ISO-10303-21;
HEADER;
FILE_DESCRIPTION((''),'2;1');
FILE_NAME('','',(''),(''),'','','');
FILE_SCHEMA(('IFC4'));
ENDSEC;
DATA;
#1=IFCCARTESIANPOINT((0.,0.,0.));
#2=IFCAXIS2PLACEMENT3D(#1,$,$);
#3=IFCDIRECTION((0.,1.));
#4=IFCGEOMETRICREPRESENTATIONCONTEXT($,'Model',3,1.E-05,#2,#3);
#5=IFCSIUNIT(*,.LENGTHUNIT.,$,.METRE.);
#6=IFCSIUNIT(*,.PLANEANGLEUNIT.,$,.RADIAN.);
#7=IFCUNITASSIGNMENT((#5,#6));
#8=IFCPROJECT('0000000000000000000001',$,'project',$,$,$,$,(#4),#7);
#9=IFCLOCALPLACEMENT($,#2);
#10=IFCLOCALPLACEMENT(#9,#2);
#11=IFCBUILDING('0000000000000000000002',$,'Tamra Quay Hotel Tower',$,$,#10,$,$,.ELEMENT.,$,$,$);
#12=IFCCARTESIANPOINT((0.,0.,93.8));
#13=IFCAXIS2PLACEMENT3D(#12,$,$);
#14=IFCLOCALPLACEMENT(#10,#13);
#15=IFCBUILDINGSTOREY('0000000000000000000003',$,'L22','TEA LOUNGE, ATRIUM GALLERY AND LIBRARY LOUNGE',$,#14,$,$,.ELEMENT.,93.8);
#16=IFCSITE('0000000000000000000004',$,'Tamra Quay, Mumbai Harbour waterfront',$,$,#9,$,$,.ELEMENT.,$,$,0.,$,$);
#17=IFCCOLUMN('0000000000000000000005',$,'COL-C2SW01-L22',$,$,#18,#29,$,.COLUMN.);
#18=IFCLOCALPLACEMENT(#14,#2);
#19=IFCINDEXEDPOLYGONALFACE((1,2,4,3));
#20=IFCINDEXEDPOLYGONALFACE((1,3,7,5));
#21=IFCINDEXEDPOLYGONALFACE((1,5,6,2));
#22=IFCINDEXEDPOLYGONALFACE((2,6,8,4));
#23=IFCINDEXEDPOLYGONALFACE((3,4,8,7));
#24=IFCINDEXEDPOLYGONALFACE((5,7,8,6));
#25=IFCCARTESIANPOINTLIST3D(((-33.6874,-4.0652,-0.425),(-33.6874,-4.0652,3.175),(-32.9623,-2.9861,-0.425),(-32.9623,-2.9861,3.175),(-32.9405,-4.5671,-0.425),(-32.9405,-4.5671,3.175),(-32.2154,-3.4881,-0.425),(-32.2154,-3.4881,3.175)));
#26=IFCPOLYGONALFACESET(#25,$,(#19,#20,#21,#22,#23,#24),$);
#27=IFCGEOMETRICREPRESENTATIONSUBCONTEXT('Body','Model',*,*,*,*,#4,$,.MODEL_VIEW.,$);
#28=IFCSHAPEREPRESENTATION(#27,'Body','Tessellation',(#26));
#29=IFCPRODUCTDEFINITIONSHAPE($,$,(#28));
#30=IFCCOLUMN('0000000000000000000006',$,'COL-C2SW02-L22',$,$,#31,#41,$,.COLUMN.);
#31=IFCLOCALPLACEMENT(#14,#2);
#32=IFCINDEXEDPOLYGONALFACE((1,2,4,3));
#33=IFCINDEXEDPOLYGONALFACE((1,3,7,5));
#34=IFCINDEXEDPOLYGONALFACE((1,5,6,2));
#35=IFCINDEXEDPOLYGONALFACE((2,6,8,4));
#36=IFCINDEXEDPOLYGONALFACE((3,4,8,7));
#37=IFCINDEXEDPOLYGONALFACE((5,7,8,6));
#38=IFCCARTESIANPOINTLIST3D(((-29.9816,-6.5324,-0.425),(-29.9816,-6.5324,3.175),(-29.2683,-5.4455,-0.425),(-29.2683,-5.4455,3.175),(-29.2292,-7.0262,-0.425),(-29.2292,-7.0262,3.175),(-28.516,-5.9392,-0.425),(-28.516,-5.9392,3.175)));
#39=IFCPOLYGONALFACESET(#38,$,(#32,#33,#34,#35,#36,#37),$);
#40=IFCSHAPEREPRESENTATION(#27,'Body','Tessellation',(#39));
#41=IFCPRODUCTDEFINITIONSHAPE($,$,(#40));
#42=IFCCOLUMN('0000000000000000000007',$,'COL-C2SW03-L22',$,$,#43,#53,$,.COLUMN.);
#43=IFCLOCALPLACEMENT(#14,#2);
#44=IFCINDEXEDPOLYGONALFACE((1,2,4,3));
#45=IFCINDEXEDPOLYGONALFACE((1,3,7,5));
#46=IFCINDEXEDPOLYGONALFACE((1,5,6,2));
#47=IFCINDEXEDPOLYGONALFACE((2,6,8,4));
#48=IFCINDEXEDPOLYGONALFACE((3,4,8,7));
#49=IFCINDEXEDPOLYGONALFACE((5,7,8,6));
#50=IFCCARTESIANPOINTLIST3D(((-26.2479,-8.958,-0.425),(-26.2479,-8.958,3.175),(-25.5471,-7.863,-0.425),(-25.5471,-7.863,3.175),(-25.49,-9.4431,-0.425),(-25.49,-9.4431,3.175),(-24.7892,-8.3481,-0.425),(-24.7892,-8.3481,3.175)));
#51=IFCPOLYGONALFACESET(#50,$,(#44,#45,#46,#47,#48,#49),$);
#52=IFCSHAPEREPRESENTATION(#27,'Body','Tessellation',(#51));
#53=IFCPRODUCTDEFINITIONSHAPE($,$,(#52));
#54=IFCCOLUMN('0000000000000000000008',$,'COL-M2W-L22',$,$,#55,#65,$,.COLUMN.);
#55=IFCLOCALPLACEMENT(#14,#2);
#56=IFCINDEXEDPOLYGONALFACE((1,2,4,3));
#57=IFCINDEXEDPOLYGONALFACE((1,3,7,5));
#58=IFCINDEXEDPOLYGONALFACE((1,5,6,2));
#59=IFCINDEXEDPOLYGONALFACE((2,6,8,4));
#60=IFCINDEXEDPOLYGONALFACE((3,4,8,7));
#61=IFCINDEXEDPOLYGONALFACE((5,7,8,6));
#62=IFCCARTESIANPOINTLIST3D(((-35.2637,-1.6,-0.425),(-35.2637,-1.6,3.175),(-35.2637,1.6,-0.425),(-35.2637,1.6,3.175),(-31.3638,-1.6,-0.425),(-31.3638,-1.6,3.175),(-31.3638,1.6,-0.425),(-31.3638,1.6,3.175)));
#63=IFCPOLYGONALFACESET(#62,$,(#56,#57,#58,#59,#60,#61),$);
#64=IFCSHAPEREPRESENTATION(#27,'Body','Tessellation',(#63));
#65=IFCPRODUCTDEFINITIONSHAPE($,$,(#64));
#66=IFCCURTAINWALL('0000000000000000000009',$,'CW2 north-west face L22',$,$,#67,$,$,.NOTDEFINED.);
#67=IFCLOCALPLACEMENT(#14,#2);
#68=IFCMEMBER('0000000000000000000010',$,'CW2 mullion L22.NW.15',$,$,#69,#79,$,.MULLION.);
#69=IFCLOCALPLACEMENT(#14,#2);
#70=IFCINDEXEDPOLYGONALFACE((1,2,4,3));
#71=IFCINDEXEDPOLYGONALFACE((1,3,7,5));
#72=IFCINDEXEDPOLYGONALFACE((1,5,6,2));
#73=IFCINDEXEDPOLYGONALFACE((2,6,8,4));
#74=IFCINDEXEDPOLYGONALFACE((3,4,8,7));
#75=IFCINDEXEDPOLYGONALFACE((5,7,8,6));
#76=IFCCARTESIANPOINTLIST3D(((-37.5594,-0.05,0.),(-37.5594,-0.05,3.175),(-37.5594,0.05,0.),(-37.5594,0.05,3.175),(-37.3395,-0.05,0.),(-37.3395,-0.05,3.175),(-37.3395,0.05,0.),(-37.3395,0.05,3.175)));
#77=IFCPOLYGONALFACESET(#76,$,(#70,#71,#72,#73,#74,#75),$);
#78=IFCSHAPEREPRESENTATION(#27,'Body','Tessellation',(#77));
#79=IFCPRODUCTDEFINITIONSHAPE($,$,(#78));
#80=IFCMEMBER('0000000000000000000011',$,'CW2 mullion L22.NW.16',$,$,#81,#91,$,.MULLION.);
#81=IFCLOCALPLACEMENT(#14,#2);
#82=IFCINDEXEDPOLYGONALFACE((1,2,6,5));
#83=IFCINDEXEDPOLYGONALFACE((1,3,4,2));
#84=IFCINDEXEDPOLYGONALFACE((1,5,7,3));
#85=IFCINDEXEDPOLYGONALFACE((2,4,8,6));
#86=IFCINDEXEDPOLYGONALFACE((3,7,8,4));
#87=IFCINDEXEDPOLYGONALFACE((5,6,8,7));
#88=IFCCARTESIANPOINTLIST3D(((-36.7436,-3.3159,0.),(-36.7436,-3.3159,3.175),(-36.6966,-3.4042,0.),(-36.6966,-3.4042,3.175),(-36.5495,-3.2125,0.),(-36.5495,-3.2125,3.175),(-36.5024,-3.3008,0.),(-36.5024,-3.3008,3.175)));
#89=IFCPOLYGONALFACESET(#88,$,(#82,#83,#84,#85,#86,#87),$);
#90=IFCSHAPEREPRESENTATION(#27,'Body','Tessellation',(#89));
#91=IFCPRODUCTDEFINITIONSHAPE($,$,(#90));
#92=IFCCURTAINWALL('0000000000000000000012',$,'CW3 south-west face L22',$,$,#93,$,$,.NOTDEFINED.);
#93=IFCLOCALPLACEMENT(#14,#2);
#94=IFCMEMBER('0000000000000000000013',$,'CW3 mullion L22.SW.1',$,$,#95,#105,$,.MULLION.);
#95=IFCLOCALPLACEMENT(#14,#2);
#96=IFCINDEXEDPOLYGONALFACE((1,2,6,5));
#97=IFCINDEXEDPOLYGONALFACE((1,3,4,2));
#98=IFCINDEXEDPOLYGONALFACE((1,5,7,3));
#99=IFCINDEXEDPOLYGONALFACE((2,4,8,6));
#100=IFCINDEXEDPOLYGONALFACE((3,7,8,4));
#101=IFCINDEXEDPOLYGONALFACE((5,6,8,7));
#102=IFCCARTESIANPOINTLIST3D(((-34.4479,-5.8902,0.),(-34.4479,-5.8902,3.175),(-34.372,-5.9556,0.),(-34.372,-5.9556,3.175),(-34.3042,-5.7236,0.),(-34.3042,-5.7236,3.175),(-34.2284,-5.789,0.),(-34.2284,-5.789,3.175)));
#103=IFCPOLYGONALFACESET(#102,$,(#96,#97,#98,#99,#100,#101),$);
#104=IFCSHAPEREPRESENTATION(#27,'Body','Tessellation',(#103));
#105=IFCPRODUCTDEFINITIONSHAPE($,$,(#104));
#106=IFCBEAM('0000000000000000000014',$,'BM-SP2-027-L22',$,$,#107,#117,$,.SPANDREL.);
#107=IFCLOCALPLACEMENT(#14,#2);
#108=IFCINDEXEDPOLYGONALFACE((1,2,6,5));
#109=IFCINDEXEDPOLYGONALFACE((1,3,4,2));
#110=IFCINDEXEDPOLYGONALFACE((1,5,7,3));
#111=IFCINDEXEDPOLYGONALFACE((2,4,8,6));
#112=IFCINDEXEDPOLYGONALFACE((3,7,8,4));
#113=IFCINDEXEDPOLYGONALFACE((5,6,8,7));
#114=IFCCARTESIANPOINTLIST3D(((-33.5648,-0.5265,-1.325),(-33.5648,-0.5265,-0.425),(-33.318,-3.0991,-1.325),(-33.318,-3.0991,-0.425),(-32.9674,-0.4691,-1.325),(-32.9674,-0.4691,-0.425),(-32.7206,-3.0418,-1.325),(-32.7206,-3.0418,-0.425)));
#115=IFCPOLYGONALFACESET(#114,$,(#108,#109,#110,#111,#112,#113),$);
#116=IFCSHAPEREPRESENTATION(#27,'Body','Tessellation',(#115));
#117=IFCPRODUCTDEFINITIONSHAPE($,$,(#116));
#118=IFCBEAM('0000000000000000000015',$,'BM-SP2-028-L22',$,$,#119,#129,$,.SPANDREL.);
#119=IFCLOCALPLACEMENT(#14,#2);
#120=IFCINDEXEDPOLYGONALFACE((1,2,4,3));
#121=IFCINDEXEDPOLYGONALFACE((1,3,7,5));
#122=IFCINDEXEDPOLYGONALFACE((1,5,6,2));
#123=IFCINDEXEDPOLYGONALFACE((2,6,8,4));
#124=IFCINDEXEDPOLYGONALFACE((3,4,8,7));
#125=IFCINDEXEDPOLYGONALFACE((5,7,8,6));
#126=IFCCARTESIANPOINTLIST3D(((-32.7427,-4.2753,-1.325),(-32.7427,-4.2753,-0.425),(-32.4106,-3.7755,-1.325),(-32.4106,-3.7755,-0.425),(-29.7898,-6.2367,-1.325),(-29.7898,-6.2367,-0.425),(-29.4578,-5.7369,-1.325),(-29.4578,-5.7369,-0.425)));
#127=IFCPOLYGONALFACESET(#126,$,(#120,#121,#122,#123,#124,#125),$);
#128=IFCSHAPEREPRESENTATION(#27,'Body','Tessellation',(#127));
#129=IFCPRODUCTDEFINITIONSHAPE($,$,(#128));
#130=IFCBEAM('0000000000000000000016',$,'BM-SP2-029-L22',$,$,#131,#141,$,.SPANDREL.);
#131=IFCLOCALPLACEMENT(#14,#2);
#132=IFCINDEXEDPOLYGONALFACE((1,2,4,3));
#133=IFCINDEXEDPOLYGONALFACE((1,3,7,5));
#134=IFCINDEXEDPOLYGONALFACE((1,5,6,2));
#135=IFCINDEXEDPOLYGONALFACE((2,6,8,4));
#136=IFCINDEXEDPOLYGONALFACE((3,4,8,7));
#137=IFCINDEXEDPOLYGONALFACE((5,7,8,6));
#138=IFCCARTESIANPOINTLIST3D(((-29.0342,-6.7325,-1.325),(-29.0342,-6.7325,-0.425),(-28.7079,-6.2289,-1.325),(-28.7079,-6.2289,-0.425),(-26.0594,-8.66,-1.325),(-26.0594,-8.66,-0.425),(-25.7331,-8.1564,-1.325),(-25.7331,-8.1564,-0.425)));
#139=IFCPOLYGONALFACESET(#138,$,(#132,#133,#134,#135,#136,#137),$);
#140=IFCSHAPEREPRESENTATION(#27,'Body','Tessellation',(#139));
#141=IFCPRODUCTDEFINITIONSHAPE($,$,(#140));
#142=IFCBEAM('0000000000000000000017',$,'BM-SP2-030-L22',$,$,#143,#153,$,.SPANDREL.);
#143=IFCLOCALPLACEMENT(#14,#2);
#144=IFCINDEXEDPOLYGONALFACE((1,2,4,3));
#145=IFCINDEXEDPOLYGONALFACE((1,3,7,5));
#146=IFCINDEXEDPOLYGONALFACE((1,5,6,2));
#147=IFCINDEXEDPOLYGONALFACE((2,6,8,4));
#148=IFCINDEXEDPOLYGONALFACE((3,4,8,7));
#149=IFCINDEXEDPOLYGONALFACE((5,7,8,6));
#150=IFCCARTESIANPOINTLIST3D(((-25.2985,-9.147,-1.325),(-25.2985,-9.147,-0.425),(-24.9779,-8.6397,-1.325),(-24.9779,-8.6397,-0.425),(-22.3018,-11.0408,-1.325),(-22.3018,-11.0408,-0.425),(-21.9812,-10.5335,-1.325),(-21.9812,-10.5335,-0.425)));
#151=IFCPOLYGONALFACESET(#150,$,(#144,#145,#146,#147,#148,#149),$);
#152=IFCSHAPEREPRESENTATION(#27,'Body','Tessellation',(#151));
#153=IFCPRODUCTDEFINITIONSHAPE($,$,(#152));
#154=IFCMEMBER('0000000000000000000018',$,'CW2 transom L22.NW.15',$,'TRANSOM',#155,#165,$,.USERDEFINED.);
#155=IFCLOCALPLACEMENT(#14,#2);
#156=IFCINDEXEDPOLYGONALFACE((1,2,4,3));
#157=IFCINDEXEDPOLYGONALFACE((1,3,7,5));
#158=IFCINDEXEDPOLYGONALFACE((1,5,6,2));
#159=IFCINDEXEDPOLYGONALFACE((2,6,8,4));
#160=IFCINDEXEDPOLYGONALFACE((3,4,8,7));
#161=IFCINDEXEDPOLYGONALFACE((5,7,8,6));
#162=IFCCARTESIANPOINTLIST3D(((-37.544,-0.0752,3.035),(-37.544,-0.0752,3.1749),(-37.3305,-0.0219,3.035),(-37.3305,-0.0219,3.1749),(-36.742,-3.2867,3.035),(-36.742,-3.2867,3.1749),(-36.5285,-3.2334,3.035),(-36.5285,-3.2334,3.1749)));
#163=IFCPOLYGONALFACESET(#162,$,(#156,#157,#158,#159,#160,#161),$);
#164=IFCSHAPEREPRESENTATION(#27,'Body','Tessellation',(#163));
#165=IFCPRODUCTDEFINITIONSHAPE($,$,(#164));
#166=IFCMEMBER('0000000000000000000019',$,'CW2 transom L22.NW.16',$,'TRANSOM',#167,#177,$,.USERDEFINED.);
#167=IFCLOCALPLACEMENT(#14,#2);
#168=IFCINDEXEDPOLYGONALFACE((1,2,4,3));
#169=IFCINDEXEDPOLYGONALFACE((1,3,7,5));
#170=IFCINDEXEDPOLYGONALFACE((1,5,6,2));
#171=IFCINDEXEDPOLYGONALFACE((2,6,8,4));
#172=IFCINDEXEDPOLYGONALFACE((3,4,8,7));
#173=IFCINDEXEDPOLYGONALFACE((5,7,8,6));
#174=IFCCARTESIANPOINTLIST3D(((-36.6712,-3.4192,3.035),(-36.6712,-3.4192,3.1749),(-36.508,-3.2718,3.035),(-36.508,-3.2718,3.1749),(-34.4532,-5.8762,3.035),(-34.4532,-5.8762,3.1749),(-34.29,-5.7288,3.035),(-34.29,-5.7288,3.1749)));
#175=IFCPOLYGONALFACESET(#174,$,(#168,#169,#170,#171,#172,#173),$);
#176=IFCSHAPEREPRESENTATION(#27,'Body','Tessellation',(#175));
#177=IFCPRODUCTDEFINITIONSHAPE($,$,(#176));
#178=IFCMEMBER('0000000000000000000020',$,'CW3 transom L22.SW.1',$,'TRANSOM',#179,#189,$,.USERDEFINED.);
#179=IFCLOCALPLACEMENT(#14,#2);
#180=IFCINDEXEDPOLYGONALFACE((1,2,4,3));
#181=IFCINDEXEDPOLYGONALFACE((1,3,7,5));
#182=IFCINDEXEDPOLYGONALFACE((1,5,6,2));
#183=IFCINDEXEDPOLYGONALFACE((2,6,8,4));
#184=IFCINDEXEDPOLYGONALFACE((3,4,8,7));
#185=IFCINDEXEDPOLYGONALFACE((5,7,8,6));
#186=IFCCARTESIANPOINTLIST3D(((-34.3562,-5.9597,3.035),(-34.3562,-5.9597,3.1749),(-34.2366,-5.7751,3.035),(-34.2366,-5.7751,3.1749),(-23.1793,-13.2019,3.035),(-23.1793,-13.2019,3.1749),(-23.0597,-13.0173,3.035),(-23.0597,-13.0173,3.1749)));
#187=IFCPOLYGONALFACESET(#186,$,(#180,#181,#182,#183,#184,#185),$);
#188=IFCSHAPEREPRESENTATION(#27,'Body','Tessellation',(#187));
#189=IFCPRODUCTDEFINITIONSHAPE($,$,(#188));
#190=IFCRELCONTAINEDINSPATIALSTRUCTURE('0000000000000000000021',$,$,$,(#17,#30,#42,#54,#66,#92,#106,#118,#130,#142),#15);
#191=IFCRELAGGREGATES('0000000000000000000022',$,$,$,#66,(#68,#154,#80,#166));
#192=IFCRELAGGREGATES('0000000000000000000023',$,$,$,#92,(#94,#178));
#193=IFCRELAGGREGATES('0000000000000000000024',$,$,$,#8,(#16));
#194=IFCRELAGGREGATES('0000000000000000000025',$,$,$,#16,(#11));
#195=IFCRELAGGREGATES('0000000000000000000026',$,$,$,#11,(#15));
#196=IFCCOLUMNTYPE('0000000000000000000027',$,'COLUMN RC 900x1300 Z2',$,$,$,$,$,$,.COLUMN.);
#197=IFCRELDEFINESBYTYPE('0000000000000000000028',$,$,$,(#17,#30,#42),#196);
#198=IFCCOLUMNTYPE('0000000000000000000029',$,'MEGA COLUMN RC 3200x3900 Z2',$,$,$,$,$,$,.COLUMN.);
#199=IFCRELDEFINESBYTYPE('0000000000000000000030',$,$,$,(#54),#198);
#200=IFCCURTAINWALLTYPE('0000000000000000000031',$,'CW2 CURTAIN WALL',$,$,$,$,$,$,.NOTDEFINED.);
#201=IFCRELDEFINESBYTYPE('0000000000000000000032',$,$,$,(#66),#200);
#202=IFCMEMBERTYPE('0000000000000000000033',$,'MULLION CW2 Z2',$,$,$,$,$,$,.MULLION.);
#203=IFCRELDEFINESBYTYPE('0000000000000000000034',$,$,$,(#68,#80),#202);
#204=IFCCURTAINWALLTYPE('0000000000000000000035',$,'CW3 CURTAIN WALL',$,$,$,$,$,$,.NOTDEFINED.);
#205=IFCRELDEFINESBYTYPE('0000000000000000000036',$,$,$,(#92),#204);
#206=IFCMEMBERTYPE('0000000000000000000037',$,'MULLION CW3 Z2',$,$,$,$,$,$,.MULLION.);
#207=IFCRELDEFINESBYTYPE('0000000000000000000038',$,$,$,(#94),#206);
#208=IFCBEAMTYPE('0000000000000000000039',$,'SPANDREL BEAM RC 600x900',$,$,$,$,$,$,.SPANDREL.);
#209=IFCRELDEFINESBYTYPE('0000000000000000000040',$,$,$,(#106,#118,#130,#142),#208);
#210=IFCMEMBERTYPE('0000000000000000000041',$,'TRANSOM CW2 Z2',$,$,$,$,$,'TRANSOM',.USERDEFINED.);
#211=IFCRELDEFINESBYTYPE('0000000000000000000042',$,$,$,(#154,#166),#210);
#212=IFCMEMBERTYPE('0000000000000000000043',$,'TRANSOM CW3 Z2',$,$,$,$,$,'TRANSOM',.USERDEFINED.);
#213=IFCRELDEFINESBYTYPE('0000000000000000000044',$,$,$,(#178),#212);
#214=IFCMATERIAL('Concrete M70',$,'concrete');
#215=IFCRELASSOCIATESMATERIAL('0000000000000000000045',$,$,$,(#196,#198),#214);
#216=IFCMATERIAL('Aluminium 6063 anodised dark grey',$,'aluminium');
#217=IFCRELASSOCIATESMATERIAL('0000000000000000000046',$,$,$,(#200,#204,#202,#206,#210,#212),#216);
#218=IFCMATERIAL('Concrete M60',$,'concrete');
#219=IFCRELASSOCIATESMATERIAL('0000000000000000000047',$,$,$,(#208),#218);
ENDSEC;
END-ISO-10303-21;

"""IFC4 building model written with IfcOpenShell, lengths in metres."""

from ifc_helpers import new_model, si_unit, direction, frame, origin, origin_2d, place, context, subcontext, project, spatial, rectangle, extrude, material, material_profile, profile_set, type_object, element, aggregate, save


model = new_model("IFC4")

# Units and contexts
model_context = context("Model", 3, precision=1e-05, world=origin(), true_north=direction((0.0, 1.0)))
body_context = subcontext(model_context, "Body", "Model", "MODEL_VIEW")
ifc_project = project(units=[si_unit("LENGTHUNIT", "METRE"), si_unit("PLANEANGLEUNIT", "RADIAN")], contexts=[model_context])

# Site, building, storey
site_placement = place(None, origin())
site = spatial("IfcSite", under=ifc_project, at=site_placement, Name="Tamra Quay, Mumbai Harbour waterfront", CompositionType="ELEMENT", RefElevation=0.0)
building_placement = place(site_placement, origin())
building = spatial("IfcBuilding", under=site, at=building_placement, Name="Tamra Quay Hotel Tower", CompositionType="ELEMENT")
storey_placement = place(building_placement, frame((0.0, 0.0, 93.8)))
storey = spatial("IfcBuildingStorey", under=building, at=storey_placement, Name="L22", Description="TEA LOUNGE, ATRIUM GALLERY AND LIBRARY LOUNGE", CompositionType="ELEMENT", Elevation=93.8)

# Columns
ifc_material_1 = material(Name="Concrete M70", Category="concrete")
ifc_material_profile_1 = material_profile(ifc_material_1, rectangle(XDim=1.3, YDim=0.8999, at=origin_2d()), Name="COLUMN RC 900x1300 Z2")
ifc_profile_set_1 = profile_set([ifc_material_profile_1], Name="Concrete M70")
column_type_1 = type_object("IfcColumnType", Name="COLUMN RC 900x1300 Z2", PredefinedType="COLUMN", material=ifc_profile_set_1)
for number, where, z_axis, x_axis, name in (
    (1, (-32.9514, -3.7766, -0.425), (0.0, 0.0, 1.0), (0.557767, 0.829998, 0.0), "COL-C2SW01-L22"),
    (2, (-29.2488, -6.2358, -0.425), (0.0, 0.0, 1.0), (0.548641, 0.836058, 0.0), "COL-C2SW02-L22"),
    (3, (-25.5186, -8.6531, -0.425), (0.0, 0.0, 1.0), (0.539065, 0.842264, 0.0), "COL-C2SW03-L22"),
):
    element("IfcColumn", number, at=place(storey_placement, frame(where, z_axis=z_axis, x_axis=x_axis)), inside=storey, type_object=column_type_1, Name=name, PredefinedType="COLUMN", context=body_context, shape_type="SweptSolid", body=[
        extrude(rectangle(XDim=1.3, YDim=0.8999, at=origin_2d()), origin(), (0.0, 0.0, 1.0), 3.6001),
    ])
ifc_material_profile_2 = material_profile(ifc_material_1, rectangle(XDim=3.8999, YDim=3.2, at=origin_2d()), Name="MEGA COLUMN RC 3200x3900 Z2")
ifc_profile_set_2 = profile_set([ifc_material_profile_2], Name="Concrete M70")
column_type_2 = type_object("IfcColumnType", Name="MEGA COLUMN RC 3200x3900 Z2", PredefinedType="COLUMN", material=ifc_profile_set_2)
column_placement = place(storey_placement, frame((-33.3137, 0.0, -0.425), z_axis=(0.0, 0.0, 1.0), x_axis=(1.0, 0.0, 0.0)))
element("IfcColumn", 4, at=column_placement, inside=storey, type_object=column_type_2, Name="COL-M2W-L22", PredefinedType="COLUMN", context=body_context, shape_type="SweptSolid", body=[
    extrude(rectangle(XDim=3.8999, YDim=3.2, at=origin_2d()), origin(), (0.0, 0.0, 1.0), 3.6001),
])

# Curtain wall, members
ifc_material_2 = material(Name="Aluminium 6063 anodised dark grey", Category="aluminium")
curtain_wall_type_1 = type_object("IfcCurtainWallType", Name="CW2 CURTAIN WALL", PredefinedType="NOTDEFINED", material=ifc_material_2)
curtain_wall_1_placement = place(storey_placement, origin())
curtain_wall_1 = element("IfcCurtainWall", 5, at=curtain_wall_1_placement, inside=storey, type_object=curtain_wall_type_1, Name="CW2 north-west face L22", PredefinedType="NOTDEFINED")
ifc_material_profile_3 = material_profile(ifc_material_2, rectangle(XDim=0.22, YDim=0.1001, at=origin_2d()), Name="MULLION 100X220")
ifc_profile_set_3 = profile_set([ifc_material_profile_3], Name="Aluminium 6063 anodised dark grey")
member_type_1 = type_object("IfcMemberType", Name="MULLION CW2 Z2", PredefinedType="MULLION", material=ifc_profile_set_3)
member_1_placement = place(storey_placement, frame((-37.4495, 0.0, 0.0), z_axis=(0.0, 0.0, 1.0), x_axis=(-1.0, 0.0, 0.0)))
member_1 = element("IfcMember", 6, at=member_1_placement, type_object=member_type_1, Name="CW2 mullion L22.NW.15", PredefinedType="MULLION", context=body_context, shape_type="SweptSolid", body=[
    extrude(rectangle(XDim=0.22, YDim=0.1001, at=origin_2d()), origin(), (0.0, 0.0, 1.0), 3.175),
])
member_2_placement = place(storey_placement, frame((-36.623, -3.3083, 0.0), z_axis=(0.0, 0.0, 1.0), x_axis=(-0.882544, -0.47023, 0.0)))
member_2 = element("IfcMember", 7, at=member_2_placement, type_object=member_type_1, Name="CW2 mullion L22.NW.16", PredefinedType="MULLION", context=body_context, shape_type="SweptSolid", body=[
    extrude(rectangle(XDim=0.22, YDim=0.1001, at=origin_2d()), origin(), (0.0, 0.0, 1.0), 3.175),
])

# Curtain wall, member
curtain_wall_type_2 = type_object("IfcCurtainWallType", Name="CW3 CURTAIN WALL", PredefinedType="NOTDEFINED", material=ifc_material_2)
curtain_wall_2_placement = place(storey_placement, origin())
curtain_wall_2 = element("IfcCurtainWall", 8, at=curtain_wall_2_placement, inside=storey, type_object=curtain_wall_type_2, Name="CW3 south-west face L22", PredefinedType="NOTDEFINED")
ifc_material_profile_4 = material_profile(ifc_material_2, rectangle(XDim=0.22, YDim=0.1001, at=origin_2d()), Name="MULLION 100X220")
ifc_profile_set_4 = profile_set([ifc_material_profile_4], Name="Aluminium 6063 anodised dark grey")
member_type_2 = type_object("IfcMemberType", Name="MULLION CW3 Z2", PredefinedType="MULLION", material=ifc_profile_set_4)
member_3_placement = place(storey_placement, frame((-34.3381, -5.8396, 0.0), z_axis=(0.0, 0.0, 1.0), x_axis=(-0.652887, -0.757455, 0.0)))
member_3 = element("IfcMember", 9, at=member_3_placement, type_object=member_type_2, Name="CW3 mullion L22.SW.1", PredefinedType="MULLION", context=body_context, shape_type="SweptSolid", body=[
    extrude(rectangle(XDim=0.22, YDim=0.1001, at=origin_2d()), origin(), (0.0, 0.0, 1.0), 3.175),
])

# Beams
ifc_material_3 = material(Name="Concrete M60", Category="concrete")
ifc_material_profile_5 = material_profile(ifc_material_3, rectangle(XDim=0.6001, YDim=0.8999, at=origin_2d()), Name="SPANDREL BEAM RC 600x900")
ifc_profile_set_5 = profile_set([ifc_material_profile_5], Name="Concrete M60")
beam_type = type_object("IfcBeamType", Name="SPANDREL BEAM RC 600x900", PredefinedType="SPANDREL", material=ifc_profile_set_5)
beam_1_placement = place(storey_placement, frame((-33.2661, -0.4978, -0.875), z_axis=(0.0955, -0.995429, 0.0), x_axis=(0.995429, 0.0955, 0.0)))
element("IfcBeam", 10, at=beam_1_placement, inside=storey, type_object=beam_type, Name="BM-SP2-027-L22", PredefinedType="SPANDREL", context=body_context, shape_type="SweptSolid", body=[
    extrude(rectangle(XDim=0.6001, YDim=0.8999, at=origin_2d()), origin(), (0.0, 0.0, 1.0), 2.5845),
])
beam_2_placement = place(storey_placement, frame((-32.5767, -4.0254, -0.875), z_axis=(0.832982, -0.553301, 0.0), x_axis=(0.553301, 0.832982, 0.0)))
element("IfcBeam", 11, at=beam_2_placement, inside=storey, type_object=beam_type, Name="BM-SP2-028-L22", PredefinedType="SPANDREL", context=body_context, shape_type="SweptSolid", body=[
    extrude(rectangle(XDim=0.6001, YDim=0.8999, at=origin_2d()), origin(), (0.0, 0.0, 1.0), 3.5449),
])
beam_3_placement = place(storey_placement, frame((-28.8711, -6.4807, -0.875), z_axis=(0.839237, -0.543765, 0.0), x_axis=(0.543765, 0.839237, 0.0)))
element("IfcBeam", 12, at=beam_3_placement, inside=storey, type_object=beam_type, Name="BM-SP2-029-L22", PredefinedType="SPANDREL", context=body_context, shape_type="SweptSolid", body=[
    extrude(rectangle(XDim=0.6001, YDim=0.8999, at=origin_2d()), origin(), (0.0, 0.0, 1.0), 3.5447),
])
beam_4_placement = place(storey_placement, frame((-25.1382, -8.8933, -0.875), z_axis=(0.845333, -0.534239, 0.0), x_axis=(0.534239, 0.845333, 0.0)))
element("IfcBeam", 13, at=beam_4_placement, inside=storey, type_object=beam_type, Name="BM-SP2-030-L22", PredefinedType="SPANDREL", context=body_context, shape_type="SweptSolid", body=[
    extrude(rectangle(XDim=0.6001, YDim=0.8999, at=origin_2d()), origin(), (0.0, 0.0, 1.0), 3.5449),
])

# Members
ifc_material_profile_6 = material_profile(ifc_material_2, rectangle(XDim=0.22, YDim=0.1399, at=origin_2d()), Name="TRANSOM 220X140")
ifc_profile_set_6 = profile_set([ifc_material_profile_6], Name="Aluminium 6063 anodised dark grey")
member_type_3 = type_object("IfcMemberType", Name="TRANSOM CW2 Z2", ElementType="TRANSOM", PredefinedType="USERDEFINED", material=ifc_profile_set_6)
member_4_placement = place(storey_placement, frame((-37.4373, -0.0486, 3.105), z_axis=(0.242293, -0.970203, 0.0), x_axis=(0.970203, 0.242293, 0.0)))
member_4 = element("IfcMember", 14, at=member_4_placement, type_object=member_type_3, Name="CW2 transom L22.NW.15", ObjectType="TRANSOM", PredefinedType="USERDEFINED", context=body_context, shape_type="SweptSolid", body=[
    extrude(rectangle(XDim=0.22, YDim=0.1399, at=origin_2d()), origin(), (0.0, 0.0, 1.0), 3.3101),
])
member_5_placement = place(storey_placement, frame((-36.5896, -3.3455, 3.105), z_axis=(0.670081, -0.742288, 0.0), x_axis=(0.742288, 0.670081, 0.0)))
member_5 = element("IfcMember", 15, at=member_5_placement, type_object=member_type_3, Name="CW2 transom L22.NW.16", ObjectType="TRANSOM", PredefinedType="USERDEFINED", context=body_context, shape_type="SweptSolid", body=[
    extrude(rectangle(XDim=0.22, YDim=0.1399, at=origin_2d()), origin(), (0.0, 0.0, 1.0), 3.3101),
])
ifc_material_profile_7 = material_profile(ifc_material_2, rectangle(XDim=0.22, YDim=0.1399, at=origin_2d()), Name="TRANSOM 220X140")
ifc_profile_set_7 = profile_set([ifc_material_profile_7], Name="Aluminium 6063 anodised dark grey")
member_type_4 = type_object("IfcMemberType", Name="TRANSOM CW3 Z2", ElementType="TRANSOM", PredefinedType="USERDEFINED", material=ifc_profile_set_7)
member_6_placement = place(storey_placement, frame((-34.2964, -5.8674, 3.105), z_axis=(0.839227, -0.543781, 0.0), x_axis=(0.543781, 0.839227, 0.0)))
member_6 = element("IfcMember", 16, at=member_6_placement, type_object=member_type_4, Name="CW3 transom L22.SW.1", ObjectType="TRANSOM", PredefinedType="USERDEFINED", context=body_context, shape_type="SweptSolid", body=[
    extrude(rectangle(XDim=0.22, YDim=0.1399, at=origin_2d()), origin(), (0.0, 0.0, 1.0), 13.3181),
])

aggregate(curtain_wall_1, [member_1, member_4, member_2, member_5])
aggregate(curtain_wall_2, [member_3, member_6])

save(model, "model.ifc")
